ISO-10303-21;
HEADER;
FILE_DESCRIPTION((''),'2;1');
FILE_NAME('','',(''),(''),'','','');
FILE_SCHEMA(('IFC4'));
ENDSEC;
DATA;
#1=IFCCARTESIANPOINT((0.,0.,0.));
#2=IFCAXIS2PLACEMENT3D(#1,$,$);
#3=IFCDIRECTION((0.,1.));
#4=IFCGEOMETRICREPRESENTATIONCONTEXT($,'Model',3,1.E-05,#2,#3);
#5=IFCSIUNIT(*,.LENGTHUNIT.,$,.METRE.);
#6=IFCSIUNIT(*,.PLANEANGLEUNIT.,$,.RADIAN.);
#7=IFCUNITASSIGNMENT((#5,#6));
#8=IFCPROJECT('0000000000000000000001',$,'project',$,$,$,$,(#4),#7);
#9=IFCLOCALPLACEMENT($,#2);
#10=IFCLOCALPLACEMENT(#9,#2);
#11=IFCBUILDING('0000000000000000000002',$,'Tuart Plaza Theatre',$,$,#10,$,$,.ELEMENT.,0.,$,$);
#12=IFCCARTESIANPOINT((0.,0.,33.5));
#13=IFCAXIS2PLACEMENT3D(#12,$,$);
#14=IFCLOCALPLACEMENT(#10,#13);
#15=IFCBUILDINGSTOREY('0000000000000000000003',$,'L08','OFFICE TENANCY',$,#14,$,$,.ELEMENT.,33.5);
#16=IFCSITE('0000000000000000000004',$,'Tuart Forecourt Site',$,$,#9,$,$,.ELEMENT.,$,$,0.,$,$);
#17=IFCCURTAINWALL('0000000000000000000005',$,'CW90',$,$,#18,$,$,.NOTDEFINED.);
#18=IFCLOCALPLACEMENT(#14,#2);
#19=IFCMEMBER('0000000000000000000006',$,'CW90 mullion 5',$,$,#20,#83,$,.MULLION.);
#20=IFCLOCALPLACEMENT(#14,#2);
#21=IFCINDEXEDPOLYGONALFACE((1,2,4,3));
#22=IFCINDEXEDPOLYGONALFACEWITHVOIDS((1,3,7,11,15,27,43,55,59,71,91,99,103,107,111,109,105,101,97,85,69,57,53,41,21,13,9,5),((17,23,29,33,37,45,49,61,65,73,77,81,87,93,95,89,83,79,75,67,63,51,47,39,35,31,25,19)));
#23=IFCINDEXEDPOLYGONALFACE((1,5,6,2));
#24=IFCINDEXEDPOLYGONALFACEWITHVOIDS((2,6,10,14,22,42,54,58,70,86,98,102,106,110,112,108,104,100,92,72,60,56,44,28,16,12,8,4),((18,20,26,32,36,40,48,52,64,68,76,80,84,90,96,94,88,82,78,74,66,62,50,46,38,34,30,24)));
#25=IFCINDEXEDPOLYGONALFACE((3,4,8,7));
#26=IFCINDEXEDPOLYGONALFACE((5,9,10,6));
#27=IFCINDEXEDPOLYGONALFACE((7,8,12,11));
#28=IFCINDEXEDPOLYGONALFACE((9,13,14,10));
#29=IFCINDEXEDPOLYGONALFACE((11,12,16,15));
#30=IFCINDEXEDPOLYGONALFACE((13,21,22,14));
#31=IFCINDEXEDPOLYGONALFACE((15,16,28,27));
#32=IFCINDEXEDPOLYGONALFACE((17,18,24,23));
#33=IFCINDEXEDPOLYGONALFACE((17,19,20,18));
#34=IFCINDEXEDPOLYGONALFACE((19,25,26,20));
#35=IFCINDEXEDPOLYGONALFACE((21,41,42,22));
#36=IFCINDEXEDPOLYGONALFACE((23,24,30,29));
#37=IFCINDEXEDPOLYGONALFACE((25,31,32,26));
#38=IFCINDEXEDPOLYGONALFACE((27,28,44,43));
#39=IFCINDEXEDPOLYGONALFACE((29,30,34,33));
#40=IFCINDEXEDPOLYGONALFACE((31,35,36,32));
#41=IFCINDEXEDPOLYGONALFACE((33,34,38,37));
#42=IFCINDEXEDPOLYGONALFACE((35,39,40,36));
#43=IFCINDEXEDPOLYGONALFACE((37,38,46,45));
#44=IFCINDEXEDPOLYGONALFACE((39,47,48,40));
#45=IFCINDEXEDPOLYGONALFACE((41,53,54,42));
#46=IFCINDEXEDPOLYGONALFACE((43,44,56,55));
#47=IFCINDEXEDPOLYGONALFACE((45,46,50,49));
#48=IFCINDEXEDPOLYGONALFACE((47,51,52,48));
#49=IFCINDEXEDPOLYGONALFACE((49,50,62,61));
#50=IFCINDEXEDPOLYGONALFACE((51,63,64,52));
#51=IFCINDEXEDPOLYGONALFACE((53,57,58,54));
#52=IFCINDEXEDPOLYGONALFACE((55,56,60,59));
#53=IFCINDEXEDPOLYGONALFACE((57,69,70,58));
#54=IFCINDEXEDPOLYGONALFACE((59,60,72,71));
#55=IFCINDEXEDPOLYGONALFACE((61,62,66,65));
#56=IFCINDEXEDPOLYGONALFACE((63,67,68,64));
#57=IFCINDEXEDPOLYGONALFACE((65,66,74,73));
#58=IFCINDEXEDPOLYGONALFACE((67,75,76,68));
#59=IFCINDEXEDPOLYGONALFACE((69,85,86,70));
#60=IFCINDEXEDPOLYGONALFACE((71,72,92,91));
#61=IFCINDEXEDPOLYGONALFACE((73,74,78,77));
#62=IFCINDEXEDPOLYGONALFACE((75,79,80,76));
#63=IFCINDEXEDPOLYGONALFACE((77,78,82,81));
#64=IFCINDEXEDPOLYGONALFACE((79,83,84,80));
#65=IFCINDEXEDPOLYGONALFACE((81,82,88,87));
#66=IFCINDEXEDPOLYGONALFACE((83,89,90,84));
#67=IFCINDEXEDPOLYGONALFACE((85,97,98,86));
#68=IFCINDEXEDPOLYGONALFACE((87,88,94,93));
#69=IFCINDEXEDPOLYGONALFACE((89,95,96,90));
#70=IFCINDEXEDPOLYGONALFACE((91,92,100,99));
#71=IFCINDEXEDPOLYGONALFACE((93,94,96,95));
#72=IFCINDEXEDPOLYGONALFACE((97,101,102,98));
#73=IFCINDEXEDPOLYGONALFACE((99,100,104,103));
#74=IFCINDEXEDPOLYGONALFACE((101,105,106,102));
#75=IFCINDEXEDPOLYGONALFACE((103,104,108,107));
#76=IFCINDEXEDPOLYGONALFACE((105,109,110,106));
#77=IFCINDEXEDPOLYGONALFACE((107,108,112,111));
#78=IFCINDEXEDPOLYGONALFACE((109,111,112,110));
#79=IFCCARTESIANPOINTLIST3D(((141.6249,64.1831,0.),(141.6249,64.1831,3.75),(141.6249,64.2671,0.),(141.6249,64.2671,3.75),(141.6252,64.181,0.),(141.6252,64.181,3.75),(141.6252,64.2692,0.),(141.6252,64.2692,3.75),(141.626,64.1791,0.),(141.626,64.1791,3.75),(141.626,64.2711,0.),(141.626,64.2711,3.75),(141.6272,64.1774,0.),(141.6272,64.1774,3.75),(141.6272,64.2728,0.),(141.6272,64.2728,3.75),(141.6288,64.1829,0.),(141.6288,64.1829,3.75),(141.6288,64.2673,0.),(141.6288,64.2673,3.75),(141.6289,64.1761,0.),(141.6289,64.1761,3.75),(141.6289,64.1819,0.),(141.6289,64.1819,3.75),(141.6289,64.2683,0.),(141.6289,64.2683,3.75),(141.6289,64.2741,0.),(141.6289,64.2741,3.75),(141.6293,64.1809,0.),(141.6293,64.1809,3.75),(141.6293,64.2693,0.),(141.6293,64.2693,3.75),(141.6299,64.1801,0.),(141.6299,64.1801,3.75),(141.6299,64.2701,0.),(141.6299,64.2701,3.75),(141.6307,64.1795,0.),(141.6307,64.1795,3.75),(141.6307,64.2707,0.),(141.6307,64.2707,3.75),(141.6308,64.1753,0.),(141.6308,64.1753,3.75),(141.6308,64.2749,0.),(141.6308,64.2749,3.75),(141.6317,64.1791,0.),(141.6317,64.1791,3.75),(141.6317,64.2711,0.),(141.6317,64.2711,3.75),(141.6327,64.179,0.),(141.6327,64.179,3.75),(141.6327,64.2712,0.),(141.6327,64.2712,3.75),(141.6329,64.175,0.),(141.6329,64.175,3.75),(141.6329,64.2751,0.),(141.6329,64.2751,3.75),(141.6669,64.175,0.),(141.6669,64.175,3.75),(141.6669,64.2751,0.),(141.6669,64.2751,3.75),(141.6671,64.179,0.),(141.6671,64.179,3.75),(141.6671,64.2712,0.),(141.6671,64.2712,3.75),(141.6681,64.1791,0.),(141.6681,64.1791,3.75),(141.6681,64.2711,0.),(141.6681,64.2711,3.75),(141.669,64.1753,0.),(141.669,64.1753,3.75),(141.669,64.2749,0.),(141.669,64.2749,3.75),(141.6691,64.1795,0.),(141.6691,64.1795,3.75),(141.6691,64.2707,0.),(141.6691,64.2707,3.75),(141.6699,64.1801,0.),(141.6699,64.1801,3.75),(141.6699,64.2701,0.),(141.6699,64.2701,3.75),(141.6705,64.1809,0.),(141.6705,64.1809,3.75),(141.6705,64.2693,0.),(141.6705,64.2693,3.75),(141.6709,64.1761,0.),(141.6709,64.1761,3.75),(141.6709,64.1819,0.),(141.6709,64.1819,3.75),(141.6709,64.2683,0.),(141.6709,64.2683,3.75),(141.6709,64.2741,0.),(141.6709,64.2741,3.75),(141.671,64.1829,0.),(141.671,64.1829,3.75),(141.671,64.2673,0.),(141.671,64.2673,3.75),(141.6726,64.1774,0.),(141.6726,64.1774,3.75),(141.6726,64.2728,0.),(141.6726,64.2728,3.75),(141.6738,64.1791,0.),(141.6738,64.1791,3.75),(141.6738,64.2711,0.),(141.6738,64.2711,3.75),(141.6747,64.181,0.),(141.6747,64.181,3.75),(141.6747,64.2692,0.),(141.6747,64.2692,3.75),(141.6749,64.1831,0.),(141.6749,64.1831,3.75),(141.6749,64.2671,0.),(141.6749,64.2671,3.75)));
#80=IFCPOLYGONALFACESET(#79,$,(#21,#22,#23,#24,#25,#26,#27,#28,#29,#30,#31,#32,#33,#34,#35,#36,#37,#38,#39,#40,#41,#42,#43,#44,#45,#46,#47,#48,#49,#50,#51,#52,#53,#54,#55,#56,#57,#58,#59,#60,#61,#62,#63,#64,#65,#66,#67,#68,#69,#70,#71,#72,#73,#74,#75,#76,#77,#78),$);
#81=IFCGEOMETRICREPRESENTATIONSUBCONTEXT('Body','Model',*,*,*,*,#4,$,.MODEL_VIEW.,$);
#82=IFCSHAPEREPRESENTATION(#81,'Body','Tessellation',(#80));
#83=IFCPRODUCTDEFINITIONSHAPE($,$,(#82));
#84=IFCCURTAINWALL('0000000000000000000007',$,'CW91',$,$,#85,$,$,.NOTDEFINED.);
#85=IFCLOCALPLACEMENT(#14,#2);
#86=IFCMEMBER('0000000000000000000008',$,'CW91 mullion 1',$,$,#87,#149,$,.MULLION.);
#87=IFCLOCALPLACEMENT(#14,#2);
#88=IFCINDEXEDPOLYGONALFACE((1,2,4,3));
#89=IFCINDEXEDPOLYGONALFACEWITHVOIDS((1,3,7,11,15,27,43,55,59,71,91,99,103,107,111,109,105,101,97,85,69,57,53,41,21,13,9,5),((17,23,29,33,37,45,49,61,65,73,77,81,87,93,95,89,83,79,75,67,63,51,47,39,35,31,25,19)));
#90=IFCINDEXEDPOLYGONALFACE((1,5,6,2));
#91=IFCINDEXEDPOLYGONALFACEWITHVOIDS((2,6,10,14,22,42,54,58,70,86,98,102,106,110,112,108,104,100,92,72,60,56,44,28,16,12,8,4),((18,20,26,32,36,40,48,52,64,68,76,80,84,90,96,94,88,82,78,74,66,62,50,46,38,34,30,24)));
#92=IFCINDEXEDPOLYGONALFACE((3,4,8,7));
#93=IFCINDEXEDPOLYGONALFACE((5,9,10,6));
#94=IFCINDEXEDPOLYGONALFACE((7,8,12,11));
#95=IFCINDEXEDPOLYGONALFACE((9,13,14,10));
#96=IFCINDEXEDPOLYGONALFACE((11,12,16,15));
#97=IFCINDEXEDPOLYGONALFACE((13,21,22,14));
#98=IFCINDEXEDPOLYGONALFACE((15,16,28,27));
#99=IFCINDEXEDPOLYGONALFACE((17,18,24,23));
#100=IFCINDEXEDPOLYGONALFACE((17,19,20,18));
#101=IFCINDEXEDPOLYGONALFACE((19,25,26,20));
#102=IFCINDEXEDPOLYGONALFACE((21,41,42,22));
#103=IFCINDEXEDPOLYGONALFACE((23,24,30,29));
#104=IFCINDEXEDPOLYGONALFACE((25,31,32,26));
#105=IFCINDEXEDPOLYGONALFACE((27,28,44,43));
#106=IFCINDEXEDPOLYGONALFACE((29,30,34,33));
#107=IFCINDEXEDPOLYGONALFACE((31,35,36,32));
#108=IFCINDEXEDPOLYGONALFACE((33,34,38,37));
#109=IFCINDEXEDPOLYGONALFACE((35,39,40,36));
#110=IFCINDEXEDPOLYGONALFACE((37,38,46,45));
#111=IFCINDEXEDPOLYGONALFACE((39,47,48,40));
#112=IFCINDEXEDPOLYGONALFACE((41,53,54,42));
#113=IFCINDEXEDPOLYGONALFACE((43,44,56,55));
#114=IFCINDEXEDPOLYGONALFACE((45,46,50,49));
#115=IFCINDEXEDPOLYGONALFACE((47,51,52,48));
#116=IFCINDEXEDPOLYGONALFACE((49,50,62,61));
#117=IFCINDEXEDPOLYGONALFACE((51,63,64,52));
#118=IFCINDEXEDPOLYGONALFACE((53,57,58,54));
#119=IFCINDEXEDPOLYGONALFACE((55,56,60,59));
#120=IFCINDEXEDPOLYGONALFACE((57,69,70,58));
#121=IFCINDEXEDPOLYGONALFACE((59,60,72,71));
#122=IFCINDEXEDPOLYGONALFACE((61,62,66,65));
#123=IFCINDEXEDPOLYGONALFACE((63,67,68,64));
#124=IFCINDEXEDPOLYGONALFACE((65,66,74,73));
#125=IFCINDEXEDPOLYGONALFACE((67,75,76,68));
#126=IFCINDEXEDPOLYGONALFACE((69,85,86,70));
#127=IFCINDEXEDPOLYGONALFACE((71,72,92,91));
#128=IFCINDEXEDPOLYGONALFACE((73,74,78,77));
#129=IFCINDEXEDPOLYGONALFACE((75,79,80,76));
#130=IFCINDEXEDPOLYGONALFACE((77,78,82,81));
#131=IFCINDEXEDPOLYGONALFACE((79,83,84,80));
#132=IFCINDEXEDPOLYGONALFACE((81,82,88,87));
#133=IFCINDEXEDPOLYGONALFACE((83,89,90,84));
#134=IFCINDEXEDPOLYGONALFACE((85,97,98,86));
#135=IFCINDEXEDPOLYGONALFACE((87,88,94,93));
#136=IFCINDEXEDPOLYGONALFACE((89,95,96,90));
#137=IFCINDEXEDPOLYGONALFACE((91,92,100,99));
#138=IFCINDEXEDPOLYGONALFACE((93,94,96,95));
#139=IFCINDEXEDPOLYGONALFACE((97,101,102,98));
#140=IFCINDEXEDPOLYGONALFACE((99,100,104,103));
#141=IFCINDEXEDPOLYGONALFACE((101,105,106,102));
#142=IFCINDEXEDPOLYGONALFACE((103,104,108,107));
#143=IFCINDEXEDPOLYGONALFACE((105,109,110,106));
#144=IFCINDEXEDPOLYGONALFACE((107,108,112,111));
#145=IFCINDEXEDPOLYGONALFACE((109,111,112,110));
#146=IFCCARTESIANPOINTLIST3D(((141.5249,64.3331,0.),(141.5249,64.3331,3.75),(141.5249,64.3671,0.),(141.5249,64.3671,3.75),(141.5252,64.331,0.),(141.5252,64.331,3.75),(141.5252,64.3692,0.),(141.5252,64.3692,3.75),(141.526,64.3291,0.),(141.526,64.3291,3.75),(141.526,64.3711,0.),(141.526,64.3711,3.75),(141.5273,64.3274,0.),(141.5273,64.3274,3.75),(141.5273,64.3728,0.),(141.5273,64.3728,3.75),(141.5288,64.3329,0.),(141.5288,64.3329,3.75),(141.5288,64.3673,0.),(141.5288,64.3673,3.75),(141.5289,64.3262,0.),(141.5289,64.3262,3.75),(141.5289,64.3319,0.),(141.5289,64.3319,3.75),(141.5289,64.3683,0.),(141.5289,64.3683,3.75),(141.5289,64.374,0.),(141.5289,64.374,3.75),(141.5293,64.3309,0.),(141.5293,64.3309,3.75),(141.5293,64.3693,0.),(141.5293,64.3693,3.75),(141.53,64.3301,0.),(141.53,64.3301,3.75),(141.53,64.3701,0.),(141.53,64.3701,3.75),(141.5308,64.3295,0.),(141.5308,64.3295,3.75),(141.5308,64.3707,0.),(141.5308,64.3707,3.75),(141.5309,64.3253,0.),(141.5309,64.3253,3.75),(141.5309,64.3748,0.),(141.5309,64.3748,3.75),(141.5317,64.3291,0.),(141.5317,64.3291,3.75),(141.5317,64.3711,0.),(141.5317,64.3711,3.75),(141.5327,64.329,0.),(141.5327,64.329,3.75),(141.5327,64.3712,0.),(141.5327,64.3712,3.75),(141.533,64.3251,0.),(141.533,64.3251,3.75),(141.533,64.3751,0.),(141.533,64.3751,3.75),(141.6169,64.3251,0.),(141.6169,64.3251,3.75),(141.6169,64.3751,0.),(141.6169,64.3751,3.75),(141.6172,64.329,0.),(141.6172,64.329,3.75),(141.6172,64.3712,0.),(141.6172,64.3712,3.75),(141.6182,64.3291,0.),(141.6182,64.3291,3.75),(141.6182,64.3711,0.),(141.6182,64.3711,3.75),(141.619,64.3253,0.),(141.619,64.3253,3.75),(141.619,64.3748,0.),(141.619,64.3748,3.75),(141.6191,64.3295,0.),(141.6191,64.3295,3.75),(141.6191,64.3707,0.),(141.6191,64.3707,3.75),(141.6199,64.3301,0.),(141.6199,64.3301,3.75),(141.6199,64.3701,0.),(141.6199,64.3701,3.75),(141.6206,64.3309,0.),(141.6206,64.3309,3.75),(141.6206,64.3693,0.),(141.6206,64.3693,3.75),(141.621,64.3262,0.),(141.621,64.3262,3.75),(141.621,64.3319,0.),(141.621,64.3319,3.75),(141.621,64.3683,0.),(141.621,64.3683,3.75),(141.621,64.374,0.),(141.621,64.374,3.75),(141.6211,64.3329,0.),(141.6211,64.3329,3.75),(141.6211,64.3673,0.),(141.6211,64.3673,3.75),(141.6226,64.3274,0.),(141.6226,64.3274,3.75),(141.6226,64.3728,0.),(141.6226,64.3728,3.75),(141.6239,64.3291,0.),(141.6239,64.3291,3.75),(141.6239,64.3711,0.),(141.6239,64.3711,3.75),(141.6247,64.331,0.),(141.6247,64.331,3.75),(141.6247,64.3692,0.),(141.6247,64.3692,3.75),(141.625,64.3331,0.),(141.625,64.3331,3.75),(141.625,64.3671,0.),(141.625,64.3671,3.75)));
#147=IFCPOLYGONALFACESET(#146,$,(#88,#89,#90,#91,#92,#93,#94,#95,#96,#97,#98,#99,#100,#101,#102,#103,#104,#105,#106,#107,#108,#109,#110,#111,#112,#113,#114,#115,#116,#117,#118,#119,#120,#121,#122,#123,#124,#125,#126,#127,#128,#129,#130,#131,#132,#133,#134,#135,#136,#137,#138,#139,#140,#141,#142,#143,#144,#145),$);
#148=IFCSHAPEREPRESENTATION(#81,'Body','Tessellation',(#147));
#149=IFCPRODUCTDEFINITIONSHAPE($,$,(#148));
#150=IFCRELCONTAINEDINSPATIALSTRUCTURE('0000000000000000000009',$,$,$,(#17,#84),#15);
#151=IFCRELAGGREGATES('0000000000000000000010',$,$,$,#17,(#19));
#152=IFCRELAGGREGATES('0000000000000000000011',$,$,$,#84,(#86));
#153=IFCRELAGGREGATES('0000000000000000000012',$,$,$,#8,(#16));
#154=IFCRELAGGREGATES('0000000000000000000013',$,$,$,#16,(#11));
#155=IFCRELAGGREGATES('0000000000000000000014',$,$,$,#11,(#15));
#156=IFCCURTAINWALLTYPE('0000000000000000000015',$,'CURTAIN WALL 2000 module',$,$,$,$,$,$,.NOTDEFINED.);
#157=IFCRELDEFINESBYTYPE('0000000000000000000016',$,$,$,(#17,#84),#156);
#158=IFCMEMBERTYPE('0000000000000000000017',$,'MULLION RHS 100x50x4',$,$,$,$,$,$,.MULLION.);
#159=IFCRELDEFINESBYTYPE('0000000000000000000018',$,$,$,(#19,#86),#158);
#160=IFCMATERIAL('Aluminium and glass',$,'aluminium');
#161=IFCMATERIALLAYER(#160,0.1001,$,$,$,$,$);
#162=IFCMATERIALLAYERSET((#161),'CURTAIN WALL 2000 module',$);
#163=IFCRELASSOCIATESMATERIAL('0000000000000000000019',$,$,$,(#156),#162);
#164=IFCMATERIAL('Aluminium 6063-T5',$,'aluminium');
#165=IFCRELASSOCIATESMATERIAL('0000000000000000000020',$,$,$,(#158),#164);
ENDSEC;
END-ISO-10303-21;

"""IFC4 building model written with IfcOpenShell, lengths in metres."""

from ifc_helpers import new_model, si_unit, direction, frame, origin, origin_2d, place, context, subcontext, project, spatial, hollow_rectangle, extrude, material, layer, layer_set, material_profile, profile_set, type_object, element, aggregate, save


model = new_model("IFC4")

# Units and contexts
model_context = context("Model", 3, precision=1e-05, world=origin(), true_north=direction((0.0, 1.0)))
body_context = subcontext(model_context, "Body", "Model", "MODEL_VIEW")
ifc_project = project(units=[si_unit("LENGTHUNIT", "METRE"), si_unit("PLANEANGLEUNIT", "RADIAN")], contexts=[model_context])

# Site, building, storey
site_placement = place(None, origin())
site = spatial("IfcSite", under=ifc_project, at=site_placement, Name="Tuart Forecourt Site", CompositionType="ELEMENT", RefElevation=0.0)
building_placement = place(site_placement, origin())
building = spatial("IfcBuilding", under=site, at=building_placement, Name="Tuart Plaza Theatre", CompositionType="ELEMENT", ElevationOfRefHeight=0.0)
storey_placement = place(building_placement, frame((0.0, 0.0, 33.5)))
storey = spatial("IfcBuildingStorey", under=building, at=storey_placement, Name="L08", Description="OFFICE TENANCY", CompositionType="ELEMENT", Elevation=33.5)

# Curtain wall, member
ifc_material_1 = material(Name="Aluminium and glass", Category="aluminium")
ifc_layer_1 = layer(ifc_material_1, 0.1001)
ifc_layer_set_1 = layer_set([ifc_layer_1], Name="CURTAIN WALL 2000 module")
curtain_wall_type = type_object("IfcCurtainWallType", Name="CURTAIN WALL 2000 module", PredefinedType="NOTDEFINED", material=ifc_layer_set_1)
curtain_wall_1_placement = place(storey_placement, origin())
curtain_wall_1 = element("IfcCurtainWall", 1, at=curtain_wall_1_placement, inside=storey, type_object=curtain_wall_type, Name="CW90", PredefinedType="NOTDEFINED")
ifc_material_2 = material(Name="Aluminium 6063-T5", Category="aluminium")
ifc_material_profile_1 = material_profile(ifc_material_2, hollow_rectangle(XDim=0.05, YDim=0.1001, WallThickness=0.0039, InnerFilletRadius=0.0039, OuterFilletRadius=0.0081, at=origin_2d()), Name="RHS 100x50x4")
ifc_profile_set_1 = profile_set([ifc_material_profile_1], Name="Aluminium 6063-T5")
member_type_1 = type_object("IfcMemberType", Name="MULLION RHS 100x50x4", PredefinedType="MULLION", material=ifc_profile_set_1)
member_1_placement = place(storey_placement, frame((141.6499, 64.2251, 0.0), z_axis=(0.0, 0.0, 1.0), x_axis=(-1.0, 0.0, 0.0)))
member_1 = element("IfcMember", 2, at=member_1_placement, type_object=member_type_1, Name="CW90 mullion 5", PredefinedType="MULLION", context=body_context, shape_type="SweptSolid", body=[
    extrude(hollow_rectangle(XDim=0.05, YDim=0.1001, WallThickness=0.0039, InnerFilletRadius=0.0039, OuterFilletRadius=0.0081, at=origin_2d()), origin(), (0.0, 0.0, 1.0), 3.75),
])

# Curtain wall, member
curtain_wall_2_placement = place(storey_placement, origin())
curtain_wall_2 = element("IfcCurtainWall", 3, at=curtain_wall_2_placement, inside=storey, type_object=curtain_wall_type, Name="CW91", PredefinedType="NOTDEFINED")
member_2_placement = place(storey_placement, frame((141.575, 64.3501, 0.0), z_axis=(0.0, 0.0, 1.0), x_axis=(0.0, 1.0, 0.0)))
member_2 = element("IfcMember", 4, at=member_2_placement, type_object=member_type_1, Name="CW91 mullion 1", PredefinedType="MULLION", context=body_context, shape_type="SweptSolid", body=[
    extrude(hollow_rectangle(XDim=0.05, YDim=0.1001, WallThickness=0.0039, InnerFilletRadius=0.0039, OuterFilletRadius=0.0081, at=origin_2d()), origin(), (0.0, 0.0, 1.0), 3.75),
])

aggregate(curtain_wall_1, [member_1])
aggregate(curtain_wall_2, [member_2])

save(model, "model.ifc")
